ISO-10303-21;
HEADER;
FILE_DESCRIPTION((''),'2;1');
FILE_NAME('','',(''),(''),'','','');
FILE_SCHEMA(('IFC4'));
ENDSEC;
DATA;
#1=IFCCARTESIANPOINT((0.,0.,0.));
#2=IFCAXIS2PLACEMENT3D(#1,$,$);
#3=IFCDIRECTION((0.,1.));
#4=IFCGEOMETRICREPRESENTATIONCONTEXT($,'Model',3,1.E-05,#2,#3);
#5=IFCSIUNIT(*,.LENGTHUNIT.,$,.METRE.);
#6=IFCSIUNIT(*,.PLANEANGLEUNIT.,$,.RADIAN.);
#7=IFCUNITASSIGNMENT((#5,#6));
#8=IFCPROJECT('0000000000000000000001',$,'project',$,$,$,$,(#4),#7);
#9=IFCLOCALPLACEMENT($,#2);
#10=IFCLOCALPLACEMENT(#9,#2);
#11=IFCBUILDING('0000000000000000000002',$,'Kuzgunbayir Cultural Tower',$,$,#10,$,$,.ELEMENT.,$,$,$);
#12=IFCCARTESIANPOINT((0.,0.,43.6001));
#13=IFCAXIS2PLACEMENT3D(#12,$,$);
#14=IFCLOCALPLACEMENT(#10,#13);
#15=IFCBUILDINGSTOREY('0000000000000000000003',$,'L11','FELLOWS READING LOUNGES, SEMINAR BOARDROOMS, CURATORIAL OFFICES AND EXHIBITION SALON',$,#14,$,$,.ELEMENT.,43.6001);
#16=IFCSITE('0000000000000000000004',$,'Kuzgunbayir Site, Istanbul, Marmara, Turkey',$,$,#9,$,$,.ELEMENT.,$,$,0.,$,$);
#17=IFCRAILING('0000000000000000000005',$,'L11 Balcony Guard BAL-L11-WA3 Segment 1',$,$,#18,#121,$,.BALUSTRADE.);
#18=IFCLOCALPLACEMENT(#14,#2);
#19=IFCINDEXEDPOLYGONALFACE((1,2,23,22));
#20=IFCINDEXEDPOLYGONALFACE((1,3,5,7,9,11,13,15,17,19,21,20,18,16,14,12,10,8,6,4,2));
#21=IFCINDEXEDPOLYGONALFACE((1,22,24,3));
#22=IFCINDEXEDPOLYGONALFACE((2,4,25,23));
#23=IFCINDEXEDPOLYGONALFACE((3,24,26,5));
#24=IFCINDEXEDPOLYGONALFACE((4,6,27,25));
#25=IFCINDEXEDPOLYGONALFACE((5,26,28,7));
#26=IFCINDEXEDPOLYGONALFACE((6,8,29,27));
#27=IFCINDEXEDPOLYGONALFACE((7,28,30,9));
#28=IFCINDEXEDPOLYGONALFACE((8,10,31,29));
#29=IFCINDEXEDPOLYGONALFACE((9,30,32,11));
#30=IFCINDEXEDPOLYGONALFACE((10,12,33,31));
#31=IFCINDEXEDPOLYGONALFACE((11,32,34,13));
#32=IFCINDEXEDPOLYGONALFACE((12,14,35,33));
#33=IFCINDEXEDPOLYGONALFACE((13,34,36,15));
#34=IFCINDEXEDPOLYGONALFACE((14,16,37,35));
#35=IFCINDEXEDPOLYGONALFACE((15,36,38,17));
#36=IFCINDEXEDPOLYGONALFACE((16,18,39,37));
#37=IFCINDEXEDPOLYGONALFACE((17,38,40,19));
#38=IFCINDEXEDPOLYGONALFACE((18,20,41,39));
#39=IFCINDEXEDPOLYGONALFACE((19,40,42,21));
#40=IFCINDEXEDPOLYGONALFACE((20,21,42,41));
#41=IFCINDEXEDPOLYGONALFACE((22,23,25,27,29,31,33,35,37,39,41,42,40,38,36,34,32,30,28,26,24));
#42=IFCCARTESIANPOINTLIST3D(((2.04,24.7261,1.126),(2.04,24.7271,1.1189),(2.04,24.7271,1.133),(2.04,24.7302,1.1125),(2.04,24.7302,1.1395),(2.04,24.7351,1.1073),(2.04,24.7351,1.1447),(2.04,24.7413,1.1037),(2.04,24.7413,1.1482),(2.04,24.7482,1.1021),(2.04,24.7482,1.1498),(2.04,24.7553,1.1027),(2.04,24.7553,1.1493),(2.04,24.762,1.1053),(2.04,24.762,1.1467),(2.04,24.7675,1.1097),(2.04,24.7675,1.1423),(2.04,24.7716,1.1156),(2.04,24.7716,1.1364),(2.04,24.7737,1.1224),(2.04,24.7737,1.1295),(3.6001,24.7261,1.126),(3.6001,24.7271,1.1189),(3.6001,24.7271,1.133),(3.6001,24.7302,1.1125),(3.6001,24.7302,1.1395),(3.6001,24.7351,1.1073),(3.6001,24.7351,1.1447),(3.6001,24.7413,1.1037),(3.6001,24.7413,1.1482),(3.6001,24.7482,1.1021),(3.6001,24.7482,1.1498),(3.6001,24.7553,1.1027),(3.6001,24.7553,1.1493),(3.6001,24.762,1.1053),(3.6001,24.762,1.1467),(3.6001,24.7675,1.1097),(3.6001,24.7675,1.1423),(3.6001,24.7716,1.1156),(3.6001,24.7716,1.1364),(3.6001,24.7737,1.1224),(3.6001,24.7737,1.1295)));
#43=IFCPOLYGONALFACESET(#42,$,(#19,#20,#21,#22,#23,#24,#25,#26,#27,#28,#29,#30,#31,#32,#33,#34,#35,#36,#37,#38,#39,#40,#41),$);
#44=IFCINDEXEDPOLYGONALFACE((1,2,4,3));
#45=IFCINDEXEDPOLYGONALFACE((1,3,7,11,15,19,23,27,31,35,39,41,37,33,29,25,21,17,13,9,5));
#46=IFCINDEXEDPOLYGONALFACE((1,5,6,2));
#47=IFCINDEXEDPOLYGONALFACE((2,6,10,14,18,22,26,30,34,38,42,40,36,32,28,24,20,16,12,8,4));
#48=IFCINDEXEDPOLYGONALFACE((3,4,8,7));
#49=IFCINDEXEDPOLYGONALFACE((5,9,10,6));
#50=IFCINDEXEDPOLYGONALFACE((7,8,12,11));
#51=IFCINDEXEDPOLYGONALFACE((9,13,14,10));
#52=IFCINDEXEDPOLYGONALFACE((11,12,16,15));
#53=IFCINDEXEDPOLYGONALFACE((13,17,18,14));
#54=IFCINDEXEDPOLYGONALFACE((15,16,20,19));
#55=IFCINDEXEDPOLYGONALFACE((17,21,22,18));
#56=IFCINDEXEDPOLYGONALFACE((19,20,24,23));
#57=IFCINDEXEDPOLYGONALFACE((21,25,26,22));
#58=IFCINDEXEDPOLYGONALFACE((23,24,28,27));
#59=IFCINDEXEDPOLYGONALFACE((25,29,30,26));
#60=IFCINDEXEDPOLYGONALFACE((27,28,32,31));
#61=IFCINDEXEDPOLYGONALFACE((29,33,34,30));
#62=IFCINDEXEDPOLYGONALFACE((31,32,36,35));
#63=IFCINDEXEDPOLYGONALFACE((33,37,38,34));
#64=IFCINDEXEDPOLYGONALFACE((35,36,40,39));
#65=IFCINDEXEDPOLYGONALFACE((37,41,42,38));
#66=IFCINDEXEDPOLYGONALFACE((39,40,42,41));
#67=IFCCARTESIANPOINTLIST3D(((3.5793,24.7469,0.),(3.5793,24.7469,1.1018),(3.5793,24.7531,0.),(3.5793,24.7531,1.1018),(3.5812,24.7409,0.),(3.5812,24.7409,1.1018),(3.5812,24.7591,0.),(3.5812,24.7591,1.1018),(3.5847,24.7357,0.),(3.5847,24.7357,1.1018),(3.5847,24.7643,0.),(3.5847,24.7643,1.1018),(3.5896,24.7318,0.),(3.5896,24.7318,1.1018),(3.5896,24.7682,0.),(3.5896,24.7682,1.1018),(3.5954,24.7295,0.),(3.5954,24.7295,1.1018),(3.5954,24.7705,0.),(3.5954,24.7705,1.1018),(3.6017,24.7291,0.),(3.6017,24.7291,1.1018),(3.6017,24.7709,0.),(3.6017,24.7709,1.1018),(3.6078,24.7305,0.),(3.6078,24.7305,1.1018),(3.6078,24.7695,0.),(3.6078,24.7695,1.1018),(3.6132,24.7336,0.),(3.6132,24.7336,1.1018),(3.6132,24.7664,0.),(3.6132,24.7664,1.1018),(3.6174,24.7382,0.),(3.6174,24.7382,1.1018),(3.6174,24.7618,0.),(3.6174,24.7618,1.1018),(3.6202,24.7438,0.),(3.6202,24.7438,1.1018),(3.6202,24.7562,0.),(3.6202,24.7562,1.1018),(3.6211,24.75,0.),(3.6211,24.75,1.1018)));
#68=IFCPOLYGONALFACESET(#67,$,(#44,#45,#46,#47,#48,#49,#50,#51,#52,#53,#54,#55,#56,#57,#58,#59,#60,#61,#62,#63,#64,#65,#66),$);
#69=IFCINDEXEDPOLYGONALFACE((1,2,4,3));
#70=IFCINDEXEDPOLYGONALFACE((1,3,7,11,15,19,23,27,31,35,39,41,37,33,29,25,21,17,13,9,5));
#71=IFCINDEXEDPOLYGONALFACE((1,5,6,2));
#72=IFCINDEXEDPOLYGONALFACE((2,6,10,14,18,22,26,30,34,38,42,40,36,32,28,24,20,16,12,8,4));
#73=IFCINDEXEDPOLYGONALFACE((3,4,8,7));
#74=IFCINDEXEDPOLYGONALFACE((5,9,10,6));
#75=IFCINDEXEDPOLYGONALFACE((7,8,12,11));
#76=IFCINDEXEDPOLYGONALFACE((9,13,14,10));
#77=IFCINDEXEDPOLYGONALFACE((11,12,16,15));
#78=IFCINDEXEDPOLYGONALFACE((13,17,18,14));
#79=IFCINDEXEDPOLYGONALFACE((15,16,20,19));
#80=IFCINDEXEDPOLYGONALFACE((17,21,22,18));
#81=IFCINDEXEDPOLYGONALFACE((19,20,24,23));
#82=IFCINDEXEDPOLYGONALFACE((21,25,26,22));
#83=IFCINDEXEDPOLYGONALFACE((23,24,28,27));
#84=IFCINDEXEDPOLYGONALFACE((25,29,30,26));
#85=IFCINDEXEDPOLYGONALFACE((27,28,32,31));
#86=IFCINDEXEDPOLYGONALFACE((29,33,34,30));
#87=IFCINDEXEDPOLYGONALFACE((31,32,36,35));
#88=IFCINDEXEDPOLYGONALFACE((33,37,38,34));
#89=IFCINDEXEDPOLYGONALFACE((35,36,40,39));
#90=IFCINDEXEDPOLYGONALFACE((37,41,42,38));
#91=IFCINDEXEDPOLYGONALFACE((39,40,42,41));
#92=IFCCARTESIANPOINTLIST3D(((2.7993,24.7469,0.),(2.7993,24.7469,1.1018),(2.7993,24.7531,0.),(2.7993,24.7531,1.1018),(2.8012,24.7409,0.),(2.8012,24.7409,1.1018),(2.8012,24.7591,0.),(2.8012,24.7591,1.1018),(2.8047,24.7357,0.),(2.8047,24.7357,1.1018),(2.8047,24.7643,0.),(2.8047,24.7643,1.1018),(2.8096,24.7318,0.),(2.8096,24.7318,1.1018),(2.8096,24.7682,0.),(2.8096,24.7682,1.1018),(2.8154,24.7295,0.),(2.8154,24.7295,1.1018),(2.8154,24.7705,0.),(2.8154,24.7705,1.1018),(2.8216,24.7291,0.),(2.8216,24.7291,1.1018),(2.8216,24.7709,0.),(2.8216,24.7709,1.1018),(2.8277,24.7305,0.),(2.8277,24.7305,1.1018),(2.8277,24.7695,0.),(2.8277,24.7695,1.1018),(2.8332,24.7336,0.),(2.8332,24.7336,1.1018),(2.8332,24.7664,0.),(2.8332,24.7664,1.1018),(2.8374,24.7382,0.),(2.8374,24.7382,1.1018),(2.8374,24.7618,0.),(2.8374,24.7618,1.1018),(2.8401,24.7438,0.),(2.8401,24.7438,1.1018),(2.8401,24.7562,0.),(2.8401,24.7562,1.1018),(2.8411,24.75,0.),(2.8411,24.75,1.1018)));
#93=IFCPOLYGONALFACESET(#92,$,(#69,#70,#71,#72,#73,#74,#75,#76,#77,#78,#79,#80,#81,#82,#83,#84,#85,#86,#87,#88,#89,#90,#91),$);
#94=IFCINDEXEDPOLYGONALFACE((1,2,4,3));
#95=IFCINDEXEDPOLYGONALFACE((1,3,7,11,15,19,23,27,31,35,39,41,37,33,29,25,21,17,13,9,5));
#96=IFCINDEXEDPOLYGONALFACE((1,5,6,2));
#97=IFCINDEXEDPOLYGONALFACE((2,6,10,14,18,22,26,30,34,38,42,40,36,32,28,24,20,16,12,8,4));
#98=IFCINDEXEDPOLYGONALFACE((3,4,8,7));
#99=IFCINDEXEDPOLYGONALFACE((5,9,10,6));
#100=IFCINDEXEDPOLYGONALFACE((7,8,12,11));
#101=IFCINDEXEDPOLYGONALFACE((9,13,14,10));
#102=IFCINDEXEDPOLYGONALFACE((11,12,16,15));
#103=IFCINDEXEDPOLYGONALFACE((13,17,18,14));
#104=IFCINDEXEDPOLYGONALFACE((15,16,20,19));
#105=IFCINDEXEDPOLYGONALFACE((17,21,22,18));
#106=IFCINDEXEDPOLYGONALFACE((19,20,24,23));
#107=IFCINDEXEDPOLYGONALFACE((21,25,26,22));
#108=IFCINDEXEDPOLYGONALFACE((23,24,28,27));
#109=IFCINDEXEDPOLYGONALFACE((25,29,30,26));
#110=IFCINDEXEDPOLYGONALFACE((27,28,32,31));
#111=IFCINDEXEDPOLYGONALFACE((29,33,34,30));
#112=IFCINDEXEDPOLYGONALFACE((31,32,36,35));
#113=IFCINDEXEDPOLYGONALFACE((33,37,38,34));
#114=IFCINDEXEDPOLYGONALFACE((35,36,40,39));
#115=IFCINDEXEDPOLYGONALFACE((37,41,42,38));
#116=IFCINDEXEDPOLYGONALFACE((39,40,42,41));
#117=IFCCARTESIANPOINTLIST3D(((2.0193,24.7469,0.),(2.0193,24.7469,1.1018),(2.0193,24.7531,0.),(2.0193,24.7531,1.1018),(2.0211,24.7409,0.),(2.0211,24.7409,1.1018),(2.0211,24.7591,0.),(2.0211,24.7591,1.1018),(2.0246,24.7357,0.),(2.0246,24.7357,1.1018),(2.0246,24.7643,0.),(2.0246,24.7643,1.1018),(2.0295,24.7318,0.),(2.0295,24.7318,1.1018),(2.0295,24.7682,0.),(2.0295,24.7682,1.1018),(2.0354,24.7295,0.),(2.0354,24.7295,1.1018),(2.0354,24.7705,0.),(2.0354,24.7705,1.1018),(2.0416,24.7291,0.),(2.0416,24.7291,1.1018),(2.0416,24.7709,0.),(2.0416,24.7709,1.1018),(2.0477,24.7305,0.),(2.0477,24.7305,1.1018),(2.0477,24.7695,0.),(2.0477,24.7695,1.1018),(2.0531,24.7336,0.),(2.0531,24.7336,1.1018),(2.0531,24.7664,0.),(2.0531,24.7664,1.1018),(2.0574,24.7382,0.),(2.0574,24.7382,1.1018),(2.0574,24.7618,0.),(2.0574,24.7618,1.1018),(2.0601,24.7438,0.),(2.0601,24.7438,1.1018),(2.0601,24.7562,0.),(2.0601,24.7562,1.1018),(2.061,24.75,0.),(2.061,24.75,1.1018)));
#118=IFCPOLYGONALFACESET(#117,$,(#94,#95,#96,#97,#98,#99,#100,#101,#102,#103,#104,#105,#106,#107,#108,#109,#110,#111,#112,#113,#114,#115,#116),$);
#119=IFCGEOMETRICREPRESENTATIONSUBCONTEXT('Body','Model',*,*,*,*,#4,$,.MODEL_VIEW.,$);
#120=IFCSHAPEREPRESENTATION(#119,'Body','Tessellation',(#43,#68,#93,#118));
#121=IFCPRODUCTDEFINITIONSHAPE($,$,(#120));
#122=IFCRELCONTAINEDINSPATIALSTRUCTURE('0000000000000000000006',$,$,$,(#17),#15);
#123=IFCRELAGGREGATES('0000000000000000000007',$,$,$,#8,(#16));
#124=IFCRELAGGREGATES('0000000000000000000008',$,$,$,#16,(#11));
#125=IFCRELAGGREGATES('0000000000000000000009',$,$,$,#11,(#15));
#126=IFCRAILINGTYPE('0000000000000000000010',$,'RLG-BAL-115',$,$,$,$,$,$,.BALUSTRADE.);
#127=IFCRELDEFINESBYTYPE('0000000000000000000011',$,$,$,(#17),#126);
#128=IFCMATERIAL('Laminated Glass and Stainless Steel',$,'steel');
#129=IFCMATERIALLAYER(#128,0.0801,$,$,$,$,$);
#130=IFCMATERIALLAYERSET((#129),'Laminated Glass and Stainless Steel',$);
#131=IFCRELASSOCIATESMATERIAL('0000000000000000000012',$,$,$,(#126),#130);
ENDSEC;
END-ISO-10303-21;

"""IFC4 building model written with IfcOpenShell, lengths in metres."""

from ifc_helpers import new_model, si_unit, direction, frame, origin, origin_2d, place, context, subcontext, project, spatial, circle, extrude, material, layer, layer_set, type_object, element, save


model = new_model("IFC4")

# Units and contexts
model_context = context("Model", 3, precision=1e-05, world=origin(), true_north=direction((0.0, 1.0)))
body_context = subcontext(model_context, "Body", "Model", "MODEL_VIEW")
ifc_project = project(units=[si_unit("LENGTHUNIT", "METRE"), si_unit("PLANEANGLEUNIT", "RADIAN")], contexts=[model_context])

# Site, building, storey
site_placement = place(None, origin())
site = spatial("IfcSite", under=ifc_project, at=site_placement, Name="Kuzgunbayir Site, Istanbul, Marmara, Turkey", CompositionType="ELEMENT", RefElevation=0.0)
building_placement = place(site_placement, origin())
building = spatial("IfcBuilding", under=site, at=building_placement, Name="Kuzgunbayir Cultural Tower", CompositionType="ELEMENT")
storey_placement = place(building_placement, frame((0.0, 0.0, 43.6001)))
storey = spatial("IfcBuildingStorey", under=building, at=storey_placement, Name="L11", Description="FELLOWS READING LOUNGES, SEMINAR BOARDROOMS, CURATORIAL OFFICES AND EXHIBITION SALON", CompositionType="ELEMENT", Elevation=43.6001)

# Railing
ifc_material_1 = material(Name="Laminated Glass and Stainless Steel", Category="steel")
ifc_layer_1 = layer(ifc_material_1, 0.0801)
ifc_layer_set_1 = layer_set([ifc_layer_1], Name="Laminated Glass and Stainless Steel")
railing_type = type_object("IfcRailingType", Name="RLG-BAL-115", PredefinedType="BALUSTRADE", material=ifc_layer_set_1)
railing_1_placement = place(storey_placement, frame((3.6001, 24.75, 0.0)))
element("IfcRailing", 1, at=railing_1_placement, inside=storey, type_object=railing_type, Name="L11 Balcony Guard BAL-L11-WA3 Segment 1", PredefinedType="BALUSTRADE", context=body_context, shape_type="SweptSolid", body=[
    extrude(circle(Radius=0.0239, at=origin_2d()), frame((0.0, 0.0, 1.126), z_axis=(-1.0, 0.0, 0.0), x_axis=(0.0, -1.0, 0.0)), (0.0, 0.0, 1.0), 1.5601),
    extrude(circle(Radius=0.021, at=origin_2d()), origin(), (0.0, 0.0, 1.0), 1.1018),
    extrude(circle(Radius=0.021, at=origin_2d()), frame((-0.78, 0.0, 0.0)), (0.0, 0.0, 1.0), 1.1018),
    extrude(circle(Radius=0.021, at=origin_2d()), frame((-1.5601, 0.0, 0.0)), (0.0, 0.0, 1.0), 1.1018),
])

save(model, "model.ifc")
